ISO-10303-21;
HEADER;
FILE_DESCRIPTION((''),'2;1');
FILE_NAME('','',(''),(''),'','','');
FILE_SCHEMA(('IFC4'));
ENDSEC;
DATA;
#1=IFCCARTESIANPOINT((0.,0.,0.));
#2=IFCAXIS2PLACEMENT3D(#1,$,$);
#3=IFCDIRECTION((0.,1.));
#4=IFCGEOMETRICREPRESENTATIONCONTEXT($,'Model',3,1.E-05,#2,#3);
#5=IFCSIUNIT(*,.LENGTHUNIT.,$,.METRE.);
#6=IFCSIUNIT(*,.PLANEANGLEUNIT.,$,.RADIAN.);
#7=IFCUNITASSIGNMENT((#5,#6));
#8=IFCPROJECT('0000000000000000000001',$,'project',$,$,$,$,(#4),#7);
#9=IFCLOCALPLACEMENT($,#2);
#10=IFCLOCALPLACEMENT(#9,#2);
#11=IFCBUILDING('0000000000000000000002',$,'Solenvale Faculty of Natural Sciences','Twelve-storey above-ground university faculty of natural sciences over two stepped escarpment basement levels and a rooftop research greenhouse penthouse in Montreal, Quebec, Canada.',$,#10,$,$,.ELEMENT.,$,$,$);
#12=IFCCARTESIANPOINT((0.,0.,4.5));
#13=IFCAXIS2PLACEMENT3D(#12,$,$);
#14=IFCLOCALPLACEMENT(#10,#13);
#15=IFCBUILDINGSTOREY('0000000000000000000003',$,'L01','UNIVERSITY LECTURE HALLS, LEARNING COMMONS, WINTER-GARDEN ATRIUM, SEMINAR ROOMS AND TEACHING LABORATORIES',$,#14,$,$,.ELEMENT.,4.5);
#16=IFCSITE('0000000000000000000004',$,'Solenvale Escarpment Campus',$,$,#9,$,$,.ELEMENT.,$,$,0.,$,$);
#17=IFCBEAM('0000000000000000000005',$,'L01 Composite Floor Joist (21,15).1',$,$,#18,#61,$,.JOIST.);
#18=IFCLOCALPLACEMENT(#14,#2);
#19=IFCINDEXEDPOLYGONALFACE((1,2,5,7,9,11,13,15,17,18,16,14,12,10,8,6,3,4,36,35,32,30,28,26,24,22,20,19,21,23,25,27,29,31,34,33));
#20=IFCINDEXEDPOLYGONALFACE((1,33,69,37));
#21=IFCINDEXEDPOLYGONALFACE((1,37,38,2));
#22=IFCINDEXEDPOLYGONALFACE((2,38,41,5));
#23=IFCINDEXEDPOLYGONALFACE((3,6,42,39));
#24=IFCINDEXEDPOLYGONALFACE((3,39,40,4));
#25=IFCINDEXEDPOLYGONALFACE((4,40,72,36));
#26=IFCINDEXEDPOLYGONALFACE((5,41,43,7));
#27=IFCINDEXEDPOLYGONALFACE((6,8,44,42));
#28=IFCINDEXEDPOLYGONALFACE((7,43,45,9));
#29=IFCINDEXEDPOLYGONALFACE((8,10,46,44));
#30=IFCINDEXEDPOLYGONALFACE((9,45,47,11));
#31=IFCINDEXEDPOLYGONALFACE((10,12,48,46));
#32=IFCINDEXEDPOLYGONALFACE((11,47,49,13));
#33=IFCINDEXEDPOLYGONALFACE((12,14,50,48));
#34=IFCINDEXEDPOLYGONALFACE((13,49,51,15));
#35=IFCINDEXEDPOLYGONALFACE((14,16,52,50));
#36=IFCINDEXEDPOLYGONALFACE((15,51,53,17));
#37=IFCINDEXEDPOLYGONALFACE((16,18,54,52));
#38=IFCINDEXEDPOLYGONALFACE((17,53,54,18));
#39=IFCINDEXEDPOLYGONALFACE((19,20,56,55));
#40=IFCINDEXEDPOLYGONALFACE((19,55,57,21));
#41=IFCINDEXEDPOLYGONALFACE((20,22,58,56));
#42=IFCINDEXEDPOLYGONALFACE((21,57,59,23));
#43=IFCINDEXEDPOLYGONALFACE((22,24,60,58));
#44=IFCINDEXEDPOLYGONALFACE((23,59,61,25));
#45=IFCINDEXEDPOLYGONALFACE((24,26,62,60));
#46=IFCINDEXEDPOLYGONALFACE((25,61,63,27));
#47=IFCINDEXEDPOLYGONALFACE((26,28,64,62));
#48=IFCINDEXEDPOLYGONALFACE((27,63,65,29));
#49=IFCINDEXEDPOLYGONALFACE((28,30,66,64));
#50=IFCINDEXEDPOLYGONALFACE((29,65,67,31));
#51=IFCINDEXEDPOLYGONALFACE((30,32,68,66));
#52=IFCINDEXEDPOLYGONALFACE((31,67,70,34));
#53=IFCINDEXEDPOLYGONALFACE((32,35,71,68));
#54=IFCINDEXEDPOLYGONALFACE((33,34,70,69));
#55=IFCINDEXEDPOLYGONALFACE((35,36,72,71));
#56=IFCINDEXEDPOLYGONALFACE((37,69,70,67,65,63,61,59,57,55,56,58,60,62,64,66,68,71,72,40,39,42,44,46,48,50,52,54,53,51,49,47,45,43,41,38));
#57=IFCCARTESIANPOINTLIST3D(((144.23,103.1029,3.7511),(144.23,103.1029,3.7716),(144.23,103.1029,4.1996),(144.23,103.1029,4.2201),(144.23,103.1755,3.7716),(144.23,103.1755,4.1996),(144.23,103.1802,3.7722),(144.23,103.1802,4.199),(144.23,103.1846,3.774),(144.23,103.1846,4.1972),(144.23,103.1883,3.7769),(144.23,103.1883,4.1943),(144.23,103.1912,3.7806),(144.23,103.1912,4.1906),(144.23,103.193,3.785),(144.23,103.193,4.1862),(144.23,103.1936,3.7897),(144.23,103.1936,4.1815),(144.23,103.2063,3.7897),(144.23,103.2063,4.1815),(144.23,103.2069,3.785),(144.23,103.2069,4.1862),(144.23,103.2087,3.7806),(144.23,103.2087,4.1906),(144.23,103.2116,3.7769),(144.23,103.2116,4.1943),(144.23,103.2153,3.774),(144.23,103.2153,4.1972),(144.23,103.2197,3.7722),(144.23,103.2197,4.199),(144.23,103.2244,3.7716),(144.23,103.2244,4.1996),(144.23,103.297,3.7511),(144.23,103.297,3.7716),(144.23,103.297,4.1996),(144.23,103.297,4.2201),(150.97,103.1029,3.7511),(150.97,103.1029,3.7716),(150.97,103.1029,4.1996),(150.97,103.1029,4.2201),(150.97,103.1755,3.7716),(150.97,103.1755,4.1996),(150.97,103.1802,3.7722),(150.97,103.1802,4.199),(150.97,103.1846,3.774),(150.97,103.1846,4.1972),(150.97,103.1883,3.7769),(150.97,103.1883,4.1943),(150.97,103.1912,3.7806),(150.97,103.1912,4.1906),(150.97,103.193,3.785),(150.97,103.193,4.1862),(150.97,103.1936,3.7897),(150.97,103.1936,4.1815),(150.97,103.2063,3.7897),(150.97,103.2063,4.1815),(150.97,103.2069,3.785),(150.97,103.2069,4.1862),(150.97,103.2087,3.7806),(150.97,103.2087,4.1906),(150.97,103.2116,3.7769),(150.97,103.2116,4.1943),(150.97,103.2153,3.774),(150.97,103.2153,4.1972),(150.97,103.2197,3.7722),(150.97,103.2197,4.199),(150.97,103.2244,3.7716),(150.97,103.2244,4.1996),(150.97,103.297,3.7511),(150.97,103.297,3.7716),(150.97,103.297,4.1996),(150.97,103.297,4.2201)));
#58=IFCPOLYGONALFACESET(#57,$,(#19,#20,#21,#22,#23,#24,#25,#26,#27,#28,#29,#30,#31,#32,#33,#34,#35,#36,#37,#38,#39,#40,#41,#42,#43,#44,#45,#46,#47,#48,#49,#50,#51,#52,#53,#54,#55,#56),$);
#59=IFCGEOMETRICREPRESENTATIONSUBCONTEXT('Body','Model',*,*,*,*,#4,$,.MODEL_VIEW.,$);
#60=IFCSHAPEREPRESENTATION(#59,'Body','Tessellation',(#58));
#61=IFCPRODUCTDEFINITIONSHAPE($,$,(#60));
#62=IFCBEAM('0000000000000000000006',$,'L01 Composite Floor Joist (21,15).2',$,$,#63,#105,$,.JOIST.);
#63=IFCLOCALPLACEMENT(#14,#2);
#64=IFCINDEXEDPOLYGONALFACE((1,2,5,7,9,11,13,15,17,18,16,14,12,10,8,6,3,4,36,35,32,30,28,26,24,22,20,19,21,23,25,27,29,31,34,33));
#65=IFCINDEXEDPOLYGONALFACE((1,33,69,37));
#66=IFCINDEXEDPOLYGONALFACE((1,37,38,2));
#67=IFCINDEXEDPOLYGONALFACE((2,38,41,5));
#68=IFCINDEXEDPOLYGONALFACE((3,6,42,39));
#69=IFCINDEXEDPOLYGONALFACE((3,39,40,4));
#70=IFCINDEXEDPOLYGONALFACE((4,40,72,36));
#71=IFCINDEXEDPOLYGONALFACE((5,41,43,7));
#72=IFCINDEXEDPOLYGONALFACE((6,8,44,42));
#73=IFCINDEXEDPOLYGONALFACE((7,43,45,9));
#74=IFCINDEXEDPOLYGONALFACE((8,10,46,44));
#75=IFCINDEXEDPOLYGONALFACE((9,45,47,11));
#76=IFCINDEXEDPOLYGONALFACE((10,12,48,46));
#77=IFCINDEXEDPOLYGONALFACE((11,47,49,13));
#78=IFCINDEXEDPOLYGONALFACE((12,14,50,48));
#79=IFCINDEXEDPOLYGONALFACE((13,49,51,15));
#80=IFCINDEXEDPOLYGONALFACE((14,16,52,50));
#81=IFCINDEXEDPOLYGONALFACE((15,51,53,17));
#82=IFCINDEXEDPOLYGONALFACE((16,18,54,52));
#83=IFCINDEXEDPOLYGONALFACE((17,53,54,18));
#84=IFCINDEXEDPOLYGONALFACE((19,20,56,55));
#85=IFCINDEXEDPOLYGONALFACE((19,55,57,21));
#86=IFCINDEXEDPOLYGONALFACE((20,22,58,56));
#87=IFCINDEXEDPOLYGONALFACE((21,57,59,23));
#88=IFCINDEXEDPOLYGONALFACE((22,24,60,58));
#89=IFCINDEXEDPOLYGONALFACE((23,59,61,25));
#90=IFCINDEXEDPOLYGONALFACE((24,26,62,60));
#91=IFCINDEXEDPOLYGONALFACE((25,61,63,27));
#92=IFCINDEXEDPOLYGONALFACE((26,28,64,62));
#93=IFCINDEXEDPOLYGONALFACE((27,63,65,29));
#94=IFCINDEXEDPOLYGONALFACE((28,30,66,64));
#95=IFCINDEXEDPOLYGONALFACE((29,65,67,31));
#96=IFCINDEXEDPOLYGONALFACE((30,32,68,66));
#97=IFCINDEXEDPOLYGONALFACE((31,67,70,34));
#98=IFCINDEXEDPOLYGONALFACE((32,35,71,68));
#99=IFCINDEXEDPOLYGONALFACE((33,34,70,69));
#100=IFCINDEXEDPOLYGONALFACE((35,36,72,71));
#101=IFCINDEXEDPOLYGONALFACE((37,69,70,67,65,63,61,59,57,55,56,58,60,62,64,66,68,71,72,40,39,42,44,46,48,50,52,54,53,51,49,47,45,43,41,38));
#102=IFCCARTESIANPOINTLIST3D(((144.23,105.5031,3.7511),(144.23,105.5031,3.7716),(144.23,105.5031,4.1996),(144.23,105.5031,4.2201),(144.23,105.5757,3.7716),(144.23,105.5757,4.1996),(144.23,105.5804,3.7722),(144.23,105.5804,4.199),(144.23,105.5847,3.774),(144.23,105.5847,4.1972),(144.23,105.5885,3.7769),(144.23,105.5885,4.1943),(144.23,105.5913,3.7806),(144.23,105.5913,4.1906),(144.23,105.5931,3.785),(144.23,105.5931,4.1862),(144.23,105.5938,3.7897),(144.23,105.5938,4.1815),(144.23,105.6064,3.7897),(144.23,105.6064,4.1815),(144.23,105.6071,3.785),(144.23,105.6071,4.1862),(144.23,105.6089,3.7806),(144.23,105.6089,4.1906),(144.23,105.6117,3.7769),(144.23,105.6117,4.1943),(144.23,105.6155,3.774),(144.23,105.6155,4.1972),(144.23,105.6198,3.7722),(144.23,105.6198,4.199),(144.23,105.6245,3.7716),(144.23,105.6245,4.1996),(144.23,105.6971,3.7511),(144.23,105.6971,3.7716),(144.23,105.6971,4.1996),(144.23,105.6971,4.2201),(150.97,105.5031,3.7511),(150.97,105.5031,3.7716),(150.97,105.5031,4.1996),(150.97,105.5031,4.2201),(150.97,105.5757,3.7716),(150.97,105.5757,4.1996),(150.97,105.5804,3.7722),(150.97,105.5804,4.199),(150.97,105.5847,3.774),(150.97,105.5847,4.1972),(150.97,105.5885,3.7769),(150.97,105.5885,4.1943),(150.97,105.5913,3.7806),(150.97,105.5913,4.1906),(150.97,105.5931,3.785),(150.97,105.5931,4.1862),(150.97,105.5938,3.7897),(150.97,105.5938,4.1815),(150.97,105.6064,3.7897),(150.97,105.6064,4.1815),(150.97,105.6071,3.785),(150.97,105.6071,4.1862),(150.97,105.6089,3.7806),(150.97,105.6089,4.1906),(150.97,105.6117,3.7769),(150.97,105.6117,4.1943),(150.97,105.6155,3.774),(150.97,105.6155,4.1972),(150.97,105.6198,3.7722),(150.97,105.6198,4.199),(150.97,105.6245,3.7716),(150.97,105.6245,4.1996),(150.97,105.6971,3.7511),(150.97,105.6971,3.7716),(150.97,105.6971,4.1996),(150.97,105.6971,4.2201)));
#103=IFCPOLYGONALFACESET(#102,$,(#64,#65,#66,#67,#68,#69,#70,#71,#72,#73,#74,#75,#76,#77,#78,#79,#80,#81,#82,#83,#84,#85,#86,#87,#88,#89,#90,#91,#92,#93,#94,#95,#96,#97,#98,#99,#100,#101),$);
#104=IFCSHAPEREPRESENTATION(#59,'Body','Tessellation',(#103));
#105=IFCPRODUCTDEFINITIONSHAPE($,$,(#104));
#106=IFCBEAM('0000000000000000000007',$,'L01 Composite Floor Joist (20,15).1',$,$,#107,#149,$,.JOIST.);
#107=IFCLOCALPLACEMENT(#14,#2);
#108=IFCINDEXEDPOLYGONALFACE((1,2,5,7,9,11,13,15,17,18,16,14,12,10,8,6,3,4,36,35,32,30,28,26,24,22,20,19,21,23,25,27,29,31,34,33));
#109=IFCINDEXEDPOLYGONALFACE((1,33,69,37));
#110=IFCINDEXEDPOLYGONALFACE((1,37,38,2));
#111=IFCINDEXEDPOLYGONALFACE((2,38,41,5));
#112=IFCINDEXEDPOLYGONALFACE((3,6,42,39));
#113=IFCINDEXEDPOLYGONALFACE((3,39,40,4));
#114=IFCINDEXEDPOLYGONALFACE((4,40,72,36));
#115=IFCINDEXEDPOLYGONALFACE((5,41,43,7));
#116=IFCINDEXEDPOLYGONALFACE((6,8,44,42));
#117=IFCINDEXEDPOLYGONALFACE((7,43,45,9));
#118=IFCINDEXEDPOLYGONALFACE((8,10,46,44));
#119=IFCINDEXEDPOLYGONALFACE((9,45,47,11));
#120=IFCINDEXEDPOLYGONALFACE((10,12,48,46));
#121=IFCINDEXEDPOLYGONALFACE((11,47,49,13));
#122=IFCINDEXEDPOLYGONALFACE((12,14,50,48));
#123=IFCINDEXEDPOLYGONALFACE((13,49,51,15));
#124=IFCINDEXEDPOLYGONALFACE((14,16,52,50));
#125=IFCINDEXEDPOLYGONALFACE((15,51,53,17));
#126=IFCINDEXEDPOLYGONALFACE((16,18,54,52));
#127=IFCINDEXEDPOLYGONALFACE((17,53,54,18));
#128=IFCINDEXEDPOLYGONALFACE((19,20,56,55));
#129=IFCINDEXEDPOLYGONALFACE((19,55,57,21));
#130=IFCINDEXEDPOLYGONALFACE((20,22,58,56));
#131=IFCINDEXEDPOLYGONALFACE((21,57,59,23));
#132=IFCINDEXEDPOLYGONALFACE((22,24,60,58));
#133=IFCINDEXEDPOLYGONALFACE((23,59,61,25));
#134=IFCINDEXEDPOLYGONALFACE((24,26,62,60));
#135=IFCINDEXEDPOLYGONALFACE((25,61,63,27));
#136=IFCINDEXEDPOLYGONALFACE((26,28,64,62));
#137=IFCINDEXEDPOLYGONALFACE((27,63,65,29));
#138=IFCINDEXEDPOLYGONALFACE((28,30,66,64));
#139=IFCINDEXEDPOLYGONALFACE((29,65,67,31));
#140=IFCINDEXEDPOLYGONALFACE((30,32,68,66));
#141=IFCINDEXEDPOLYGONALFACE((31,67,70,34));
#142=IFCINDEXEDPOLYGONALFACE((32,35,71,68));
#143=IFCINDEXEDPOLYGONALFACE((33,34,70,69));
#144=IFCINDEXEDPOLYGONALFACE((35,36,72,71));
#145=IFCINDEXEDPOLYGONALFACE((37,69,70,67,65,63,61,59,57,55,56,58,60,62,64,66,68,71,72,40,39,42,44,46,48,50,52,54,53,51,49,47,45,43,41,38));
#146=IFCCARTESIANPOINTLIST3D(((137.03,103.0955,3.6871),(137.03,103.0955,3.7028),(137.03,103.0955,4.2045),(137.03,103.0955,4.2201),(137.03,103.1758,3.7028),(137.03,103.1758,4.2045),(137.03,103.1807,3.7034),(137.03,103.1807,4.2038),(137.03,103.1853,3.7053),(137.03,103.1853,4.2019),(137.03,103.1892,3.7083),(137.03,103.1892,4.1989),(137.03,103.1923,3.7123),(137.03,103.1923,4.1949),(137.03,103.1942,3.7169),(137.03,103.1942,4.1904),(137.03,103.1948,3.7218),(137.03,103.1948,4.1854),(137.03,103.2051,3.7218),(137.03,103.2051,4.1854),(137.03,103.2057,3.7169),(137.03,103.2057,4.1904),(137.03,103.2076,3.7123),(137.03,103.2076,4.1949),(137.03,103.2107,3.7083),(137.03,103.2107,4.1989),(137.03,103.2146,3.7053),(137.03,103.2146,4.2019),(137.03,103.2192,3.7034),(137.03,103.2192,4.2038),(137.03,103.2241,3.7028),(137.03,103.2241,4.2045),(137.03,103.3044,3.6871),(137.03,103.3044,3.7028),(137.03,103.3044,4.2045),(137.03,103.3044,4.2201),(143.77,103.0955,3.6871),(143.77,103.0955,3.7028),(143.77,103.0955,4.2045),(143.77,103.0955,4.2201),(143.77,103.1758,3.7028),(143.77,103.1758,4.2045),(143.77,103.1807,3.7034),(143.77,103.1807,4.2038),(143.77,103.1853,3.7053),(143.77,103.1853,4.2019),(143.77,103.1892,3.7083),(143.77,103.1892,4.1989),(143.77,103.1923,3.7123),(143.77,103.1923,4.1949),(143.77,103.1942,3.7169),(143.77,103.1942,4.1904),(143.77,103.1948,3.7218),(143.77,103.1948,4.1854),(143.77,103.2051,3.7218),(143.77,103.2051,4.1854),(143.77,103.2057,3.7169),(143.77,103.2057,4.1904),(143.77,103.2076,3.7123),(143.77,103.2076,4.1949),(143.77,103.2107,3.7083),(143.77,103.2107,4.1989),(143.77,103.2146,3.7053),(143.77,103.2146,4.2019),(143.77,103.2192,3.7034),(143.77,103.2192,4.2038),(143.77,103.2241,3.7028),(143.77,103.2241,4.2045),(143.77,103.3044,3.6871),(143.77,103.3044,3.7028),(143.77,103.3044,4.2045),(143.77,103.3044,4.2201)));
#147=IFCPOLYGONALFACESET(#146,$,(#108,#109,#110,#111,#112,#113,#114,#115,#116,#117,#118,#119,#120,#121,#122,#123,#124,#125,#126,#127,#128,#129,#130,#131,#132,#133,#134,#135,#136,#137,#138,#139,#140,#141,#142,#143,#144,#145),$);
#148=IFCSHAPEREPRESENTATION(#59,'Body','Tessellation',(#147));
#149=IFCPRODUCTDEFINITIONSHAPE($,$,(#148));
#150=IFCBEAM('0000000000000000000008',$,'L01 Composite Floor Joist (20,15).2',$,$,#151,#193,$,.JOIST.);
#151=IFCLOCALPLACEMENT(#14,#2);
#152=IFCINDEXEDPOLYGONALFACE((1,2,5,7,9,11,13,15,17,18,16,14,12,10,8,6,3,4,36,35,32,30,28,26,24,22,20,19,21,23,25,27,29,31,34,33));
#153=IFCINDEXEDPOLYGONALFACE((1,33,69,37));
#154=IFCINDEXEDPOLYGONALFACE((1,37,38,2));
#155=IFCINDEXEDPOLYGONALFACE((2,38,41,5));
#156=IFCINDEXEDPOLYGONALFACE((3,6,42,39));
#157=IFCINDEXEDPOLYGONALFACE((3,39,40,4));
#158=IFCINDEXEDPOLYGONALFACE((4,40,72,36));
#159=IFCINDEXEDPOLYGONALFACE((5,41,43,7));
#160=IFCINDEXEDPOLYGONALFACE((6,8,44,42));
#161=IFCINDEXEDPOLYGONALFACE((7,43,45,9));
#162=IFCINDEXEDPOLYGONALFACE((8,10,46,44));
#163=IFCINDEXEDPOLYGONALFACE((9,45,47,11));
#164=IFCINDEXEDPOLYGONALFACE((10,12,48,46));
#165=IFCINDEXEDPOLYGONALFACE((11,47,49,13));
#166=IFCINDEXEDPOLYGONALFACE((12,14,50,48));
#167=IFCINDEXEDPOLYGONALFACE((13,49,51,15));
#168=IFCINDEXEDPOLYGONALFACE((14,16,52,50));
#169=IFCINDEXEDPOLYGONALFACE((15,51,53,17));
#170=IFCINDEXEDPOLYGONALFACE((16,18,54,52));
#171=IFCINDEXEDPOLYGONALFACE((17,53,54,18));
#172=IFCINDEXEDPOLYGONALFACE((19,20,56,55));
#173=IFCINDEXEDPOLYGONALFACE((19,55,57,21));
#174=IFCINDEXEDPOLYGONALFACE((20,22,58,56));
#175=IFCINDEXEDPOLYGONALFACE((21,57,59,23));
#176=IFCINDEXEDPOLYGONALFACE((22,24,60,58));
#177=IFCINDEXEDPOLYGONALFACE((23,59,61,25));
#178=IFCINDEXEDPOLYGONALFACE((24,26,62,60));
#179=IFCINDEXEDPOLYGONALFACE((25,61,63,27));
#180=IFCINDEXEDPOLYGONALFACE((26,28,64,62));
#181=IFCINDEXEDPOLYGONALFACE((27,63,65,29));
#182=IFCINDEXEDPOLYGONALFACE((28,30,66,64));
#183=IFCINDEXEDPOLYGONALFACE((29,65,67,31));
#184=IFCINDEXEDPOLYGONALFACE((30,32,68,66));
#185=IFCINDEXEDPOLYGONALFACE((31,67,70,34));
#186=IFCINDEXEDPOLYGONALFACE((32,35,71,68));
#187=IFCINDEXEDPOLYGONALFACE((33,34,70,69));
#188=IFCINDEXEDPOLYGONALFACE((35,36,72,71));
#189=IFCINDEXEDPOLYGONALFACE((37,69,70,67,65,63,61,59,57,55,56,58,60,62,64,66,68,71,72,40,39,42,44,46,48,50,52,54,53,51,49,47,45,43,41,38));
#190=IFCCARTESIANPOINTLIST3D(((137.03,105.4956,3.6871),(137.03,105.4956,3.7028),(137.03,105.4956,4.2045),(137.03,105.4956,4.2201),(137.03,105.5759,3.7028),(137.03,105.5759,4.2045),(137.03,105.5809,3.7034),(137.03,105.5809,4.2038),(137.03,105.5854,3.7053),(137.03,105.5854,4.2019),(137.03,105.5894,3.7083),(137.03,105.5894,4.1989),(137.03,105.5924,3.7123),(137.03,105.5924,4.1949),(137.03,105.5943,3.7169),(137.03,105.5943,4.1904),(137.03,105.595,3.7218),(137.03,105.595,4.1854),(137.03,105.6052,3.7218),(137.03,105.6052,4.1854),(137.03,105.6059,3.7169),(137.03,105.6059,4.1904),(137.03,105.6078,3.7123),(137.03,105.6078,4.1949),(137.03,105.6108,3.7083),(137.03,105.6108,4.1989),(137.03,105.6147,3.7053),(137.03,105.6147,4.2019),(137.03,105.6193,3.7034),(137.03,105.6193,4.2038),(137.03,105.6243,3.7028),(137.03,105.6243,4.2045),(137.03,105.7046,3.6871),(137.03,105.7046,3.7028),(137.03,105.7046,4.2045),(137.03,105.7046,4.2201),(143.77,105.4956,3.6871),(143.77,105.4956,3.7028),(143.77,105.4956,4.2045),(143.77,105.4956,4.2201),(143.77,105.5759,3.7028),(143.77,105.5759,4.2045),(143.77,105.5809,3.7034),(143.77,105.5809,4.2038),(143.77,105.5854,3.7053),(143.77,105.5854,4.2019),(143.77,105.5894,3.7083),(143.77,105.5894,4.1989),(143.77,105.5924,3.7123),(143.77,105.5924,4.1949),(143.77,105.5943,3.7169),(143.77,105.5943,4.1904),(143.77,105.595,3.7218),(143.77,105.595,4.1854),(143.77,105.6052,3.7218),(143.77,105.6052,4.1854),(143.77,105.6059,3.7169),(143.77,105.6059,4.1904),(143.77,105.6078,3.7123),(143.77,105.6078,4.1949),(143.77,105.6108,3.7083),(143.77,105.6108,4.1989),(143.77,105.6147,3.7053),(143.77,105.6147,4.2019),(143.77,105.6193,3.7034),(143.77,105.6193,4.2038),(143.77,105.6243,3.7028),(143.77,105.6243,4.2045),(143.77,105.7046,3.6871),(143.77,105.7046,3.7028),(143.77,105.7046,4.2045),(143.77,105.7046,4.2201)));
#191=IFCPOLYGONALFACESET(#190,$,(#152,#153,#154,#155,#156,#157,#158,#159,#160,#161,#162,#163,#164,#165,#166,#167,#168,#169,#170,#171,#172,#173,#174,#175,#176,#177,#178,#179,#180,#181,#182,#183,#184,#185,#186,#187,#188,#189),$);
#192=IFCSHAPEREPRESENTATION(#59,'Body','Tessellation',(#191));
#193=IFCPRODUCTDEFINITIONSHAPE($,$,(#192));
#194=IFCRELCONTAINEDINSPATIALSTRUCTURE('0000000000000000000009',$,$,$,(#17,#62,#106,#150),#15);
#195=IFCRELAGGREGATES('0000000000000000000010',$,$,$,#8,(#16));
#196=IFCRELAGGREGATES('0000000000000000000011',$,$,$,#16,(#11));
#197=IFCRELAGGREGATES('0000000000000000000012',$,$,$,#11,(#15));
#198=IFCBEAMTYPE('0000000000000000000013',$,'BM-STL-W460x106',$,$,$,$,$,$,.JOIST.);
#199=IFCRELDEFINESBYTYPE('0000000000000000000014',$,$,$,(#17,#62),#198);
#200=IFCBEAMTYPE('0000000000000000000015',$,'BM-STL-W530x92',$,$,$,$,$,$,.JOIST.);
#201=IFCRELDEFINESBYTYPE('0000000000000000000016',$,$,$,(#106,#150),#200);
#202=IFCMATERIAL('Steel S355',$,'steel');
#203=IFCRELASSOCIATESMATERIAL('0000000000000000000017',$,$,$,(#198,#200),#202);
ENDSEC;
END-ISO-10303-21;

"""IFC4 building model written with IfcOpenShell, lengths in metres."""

from ifc_helpers import new_model, si_unit, direction, frame, origin, origin_2d, place, context, subcontext, project, spatial, i_section, extrude, material, material_profile, profile_set, type_object, element, save


model = new_model("IFC4")

# Units and contexts
model_context = context("Model", 3, precision=1e-05, world=origin(), true_north=direction((0.0, 1.0)))
body_context = subcontext(model_context, "Body", "Model", "MODEL_VIEW")
ifc_project = project(units=[si_unit("LENGTHUNIT", "METRE"), si_unit("PLANEANGLEUNIT", "RADIAN")], contexts=[model_context])

# Site, building, storey
site_placement = place(None, origin())
site = spatial("IfcSite", under=ifc_project, at=site_placement, Name="Solenvale Escarpment Campus", CompositionType="ELEMENT", RefElevation=0.0)
building_placement = place(site_placement, origin())
building = spatial("IfcBuilding", under=site, at=building_placement, Name="Solenvale Faculty of Natural Sciences", Description="Twelve-storey above-ground university faculty of natural sciences over two stepped escarpment basement levels and a rooftop research greenhouse penthouse in Montreal, Quebec, Canada.", CompositionType="ELEMENT")
storey_placement = place(building_placement, frame((0.0, 0.0, 4.5)))
storey = spatial("IfcBuildingStorey", under=building, at=storey_placement, Name="L01", Description="UNIVERSITY LECTURE HALLS, LEARNING COMMONS, WINTER-GARDEN ATRIUM, SEMINAR ROOMS AND TEACHING LABORATORIES", CompositionType="ELEMENT", Elevation=4.5)

# Beams
ifc_material_1 = material(Name="Steel S355", Category="steel")
ifc_material_profile_1 = material_profile(ifc_material_1, i_section(OverallWidth=0.1941, OverallDepth=0.469, WebThickness=0.0127, FlangeThickness=0.0205, FilletRadius=0.0181, at=origin_2d()), Name="W460x106")
ifc_profile_set_1 = profile_set([ifc_material_profile_1], Name="Steel S355")
beam_type_1 = type_object("IfcBeamType", Name="BM-STL-W460x106", PredefinedType="JOIST", material=ifc_profile_set_1)
for number, where, z_axis, x_axis, name in (
    (1, (144.23, 103.2, 3.9856), (1.0, 0.0, 0.0), (0.0, 1.0, 0.0), "L01 Composite Floor Joist (21,15).1"),
    (2, (144.23, 105.6001, 3.9856), (1.0, 0.0, 0.0), (0.0, 1.0, 0.0), "L01 Composite Floor Joist (21,15).2"),
):
    element("IfcBeam", number, at=place(storey_placement, frame(where, z_axis=z_axis, x_axis=x_axis)), inside=storey, type_object=beam_type_1, Name=name, PredefinedType="JOIST", context=body_context, shape_type="SweptSolid", body=[
        extrude(i_section(OverallWidth=0.1941, OverallDepth=0.469, WebThickness=0.0127, FlangeThickness=0.0205, FilletRadius=0.0181, at=origin_2d()), origin(), (0.0, 0.0, 1.0), 6.74),
    ])
ifc_material_profile_2 = material_profile(ifc_material_1, i_section(OverallWidth=0.209, OverallDepth=0.533, WebThickness=0.0103, FlangeThickness=0.0156, FilletRadius=0.019, at=origin_2d()), Name="W530x92")
ifc_profile_set_2 = profile_set([ifc_material_profile_2], Name="Steel S355")
beam_type_2 = type_object("IfcBeamType", Name="BM-STL-W530x92", PredefinedType="JOIST", material=ifc_profile_set_2)
for number, where, z_axis, x_axis, name in (
    (3, (137.03, 103.2, 3.9536), (1.0, 0.0, 0.0), (0.0, 1.0, 0.0), "L01 Composite Floor Joist (20,15).1"),
    (4, (137.03, 105.6001, 3.9536), (1.0, 0.0, 0.0), (0.0, 1.0, 0.0), "L01 Composite Floor Joist (20,15).2"),
):
    element("IfcBeam", number, at=place(storey_placement, frame(where, z_axis=z_axis, x_axis=x_axis)), inside=storey, type_object=beam_type_2, Name=name, PredefinedType="JOIST", context=body_context, shape_type="SweptSolid", body=[
        extrude(i_section(OverallWidth=0.209, OverallDepth=0.533, WebThickness=0.0103, FlangeThickness=0.0156, FilletRadius=0.019, at=origin_2d()), origin(), (0.0, 0.0, 1.0), 6.74),
    ])

save(model, "model.ifc")
